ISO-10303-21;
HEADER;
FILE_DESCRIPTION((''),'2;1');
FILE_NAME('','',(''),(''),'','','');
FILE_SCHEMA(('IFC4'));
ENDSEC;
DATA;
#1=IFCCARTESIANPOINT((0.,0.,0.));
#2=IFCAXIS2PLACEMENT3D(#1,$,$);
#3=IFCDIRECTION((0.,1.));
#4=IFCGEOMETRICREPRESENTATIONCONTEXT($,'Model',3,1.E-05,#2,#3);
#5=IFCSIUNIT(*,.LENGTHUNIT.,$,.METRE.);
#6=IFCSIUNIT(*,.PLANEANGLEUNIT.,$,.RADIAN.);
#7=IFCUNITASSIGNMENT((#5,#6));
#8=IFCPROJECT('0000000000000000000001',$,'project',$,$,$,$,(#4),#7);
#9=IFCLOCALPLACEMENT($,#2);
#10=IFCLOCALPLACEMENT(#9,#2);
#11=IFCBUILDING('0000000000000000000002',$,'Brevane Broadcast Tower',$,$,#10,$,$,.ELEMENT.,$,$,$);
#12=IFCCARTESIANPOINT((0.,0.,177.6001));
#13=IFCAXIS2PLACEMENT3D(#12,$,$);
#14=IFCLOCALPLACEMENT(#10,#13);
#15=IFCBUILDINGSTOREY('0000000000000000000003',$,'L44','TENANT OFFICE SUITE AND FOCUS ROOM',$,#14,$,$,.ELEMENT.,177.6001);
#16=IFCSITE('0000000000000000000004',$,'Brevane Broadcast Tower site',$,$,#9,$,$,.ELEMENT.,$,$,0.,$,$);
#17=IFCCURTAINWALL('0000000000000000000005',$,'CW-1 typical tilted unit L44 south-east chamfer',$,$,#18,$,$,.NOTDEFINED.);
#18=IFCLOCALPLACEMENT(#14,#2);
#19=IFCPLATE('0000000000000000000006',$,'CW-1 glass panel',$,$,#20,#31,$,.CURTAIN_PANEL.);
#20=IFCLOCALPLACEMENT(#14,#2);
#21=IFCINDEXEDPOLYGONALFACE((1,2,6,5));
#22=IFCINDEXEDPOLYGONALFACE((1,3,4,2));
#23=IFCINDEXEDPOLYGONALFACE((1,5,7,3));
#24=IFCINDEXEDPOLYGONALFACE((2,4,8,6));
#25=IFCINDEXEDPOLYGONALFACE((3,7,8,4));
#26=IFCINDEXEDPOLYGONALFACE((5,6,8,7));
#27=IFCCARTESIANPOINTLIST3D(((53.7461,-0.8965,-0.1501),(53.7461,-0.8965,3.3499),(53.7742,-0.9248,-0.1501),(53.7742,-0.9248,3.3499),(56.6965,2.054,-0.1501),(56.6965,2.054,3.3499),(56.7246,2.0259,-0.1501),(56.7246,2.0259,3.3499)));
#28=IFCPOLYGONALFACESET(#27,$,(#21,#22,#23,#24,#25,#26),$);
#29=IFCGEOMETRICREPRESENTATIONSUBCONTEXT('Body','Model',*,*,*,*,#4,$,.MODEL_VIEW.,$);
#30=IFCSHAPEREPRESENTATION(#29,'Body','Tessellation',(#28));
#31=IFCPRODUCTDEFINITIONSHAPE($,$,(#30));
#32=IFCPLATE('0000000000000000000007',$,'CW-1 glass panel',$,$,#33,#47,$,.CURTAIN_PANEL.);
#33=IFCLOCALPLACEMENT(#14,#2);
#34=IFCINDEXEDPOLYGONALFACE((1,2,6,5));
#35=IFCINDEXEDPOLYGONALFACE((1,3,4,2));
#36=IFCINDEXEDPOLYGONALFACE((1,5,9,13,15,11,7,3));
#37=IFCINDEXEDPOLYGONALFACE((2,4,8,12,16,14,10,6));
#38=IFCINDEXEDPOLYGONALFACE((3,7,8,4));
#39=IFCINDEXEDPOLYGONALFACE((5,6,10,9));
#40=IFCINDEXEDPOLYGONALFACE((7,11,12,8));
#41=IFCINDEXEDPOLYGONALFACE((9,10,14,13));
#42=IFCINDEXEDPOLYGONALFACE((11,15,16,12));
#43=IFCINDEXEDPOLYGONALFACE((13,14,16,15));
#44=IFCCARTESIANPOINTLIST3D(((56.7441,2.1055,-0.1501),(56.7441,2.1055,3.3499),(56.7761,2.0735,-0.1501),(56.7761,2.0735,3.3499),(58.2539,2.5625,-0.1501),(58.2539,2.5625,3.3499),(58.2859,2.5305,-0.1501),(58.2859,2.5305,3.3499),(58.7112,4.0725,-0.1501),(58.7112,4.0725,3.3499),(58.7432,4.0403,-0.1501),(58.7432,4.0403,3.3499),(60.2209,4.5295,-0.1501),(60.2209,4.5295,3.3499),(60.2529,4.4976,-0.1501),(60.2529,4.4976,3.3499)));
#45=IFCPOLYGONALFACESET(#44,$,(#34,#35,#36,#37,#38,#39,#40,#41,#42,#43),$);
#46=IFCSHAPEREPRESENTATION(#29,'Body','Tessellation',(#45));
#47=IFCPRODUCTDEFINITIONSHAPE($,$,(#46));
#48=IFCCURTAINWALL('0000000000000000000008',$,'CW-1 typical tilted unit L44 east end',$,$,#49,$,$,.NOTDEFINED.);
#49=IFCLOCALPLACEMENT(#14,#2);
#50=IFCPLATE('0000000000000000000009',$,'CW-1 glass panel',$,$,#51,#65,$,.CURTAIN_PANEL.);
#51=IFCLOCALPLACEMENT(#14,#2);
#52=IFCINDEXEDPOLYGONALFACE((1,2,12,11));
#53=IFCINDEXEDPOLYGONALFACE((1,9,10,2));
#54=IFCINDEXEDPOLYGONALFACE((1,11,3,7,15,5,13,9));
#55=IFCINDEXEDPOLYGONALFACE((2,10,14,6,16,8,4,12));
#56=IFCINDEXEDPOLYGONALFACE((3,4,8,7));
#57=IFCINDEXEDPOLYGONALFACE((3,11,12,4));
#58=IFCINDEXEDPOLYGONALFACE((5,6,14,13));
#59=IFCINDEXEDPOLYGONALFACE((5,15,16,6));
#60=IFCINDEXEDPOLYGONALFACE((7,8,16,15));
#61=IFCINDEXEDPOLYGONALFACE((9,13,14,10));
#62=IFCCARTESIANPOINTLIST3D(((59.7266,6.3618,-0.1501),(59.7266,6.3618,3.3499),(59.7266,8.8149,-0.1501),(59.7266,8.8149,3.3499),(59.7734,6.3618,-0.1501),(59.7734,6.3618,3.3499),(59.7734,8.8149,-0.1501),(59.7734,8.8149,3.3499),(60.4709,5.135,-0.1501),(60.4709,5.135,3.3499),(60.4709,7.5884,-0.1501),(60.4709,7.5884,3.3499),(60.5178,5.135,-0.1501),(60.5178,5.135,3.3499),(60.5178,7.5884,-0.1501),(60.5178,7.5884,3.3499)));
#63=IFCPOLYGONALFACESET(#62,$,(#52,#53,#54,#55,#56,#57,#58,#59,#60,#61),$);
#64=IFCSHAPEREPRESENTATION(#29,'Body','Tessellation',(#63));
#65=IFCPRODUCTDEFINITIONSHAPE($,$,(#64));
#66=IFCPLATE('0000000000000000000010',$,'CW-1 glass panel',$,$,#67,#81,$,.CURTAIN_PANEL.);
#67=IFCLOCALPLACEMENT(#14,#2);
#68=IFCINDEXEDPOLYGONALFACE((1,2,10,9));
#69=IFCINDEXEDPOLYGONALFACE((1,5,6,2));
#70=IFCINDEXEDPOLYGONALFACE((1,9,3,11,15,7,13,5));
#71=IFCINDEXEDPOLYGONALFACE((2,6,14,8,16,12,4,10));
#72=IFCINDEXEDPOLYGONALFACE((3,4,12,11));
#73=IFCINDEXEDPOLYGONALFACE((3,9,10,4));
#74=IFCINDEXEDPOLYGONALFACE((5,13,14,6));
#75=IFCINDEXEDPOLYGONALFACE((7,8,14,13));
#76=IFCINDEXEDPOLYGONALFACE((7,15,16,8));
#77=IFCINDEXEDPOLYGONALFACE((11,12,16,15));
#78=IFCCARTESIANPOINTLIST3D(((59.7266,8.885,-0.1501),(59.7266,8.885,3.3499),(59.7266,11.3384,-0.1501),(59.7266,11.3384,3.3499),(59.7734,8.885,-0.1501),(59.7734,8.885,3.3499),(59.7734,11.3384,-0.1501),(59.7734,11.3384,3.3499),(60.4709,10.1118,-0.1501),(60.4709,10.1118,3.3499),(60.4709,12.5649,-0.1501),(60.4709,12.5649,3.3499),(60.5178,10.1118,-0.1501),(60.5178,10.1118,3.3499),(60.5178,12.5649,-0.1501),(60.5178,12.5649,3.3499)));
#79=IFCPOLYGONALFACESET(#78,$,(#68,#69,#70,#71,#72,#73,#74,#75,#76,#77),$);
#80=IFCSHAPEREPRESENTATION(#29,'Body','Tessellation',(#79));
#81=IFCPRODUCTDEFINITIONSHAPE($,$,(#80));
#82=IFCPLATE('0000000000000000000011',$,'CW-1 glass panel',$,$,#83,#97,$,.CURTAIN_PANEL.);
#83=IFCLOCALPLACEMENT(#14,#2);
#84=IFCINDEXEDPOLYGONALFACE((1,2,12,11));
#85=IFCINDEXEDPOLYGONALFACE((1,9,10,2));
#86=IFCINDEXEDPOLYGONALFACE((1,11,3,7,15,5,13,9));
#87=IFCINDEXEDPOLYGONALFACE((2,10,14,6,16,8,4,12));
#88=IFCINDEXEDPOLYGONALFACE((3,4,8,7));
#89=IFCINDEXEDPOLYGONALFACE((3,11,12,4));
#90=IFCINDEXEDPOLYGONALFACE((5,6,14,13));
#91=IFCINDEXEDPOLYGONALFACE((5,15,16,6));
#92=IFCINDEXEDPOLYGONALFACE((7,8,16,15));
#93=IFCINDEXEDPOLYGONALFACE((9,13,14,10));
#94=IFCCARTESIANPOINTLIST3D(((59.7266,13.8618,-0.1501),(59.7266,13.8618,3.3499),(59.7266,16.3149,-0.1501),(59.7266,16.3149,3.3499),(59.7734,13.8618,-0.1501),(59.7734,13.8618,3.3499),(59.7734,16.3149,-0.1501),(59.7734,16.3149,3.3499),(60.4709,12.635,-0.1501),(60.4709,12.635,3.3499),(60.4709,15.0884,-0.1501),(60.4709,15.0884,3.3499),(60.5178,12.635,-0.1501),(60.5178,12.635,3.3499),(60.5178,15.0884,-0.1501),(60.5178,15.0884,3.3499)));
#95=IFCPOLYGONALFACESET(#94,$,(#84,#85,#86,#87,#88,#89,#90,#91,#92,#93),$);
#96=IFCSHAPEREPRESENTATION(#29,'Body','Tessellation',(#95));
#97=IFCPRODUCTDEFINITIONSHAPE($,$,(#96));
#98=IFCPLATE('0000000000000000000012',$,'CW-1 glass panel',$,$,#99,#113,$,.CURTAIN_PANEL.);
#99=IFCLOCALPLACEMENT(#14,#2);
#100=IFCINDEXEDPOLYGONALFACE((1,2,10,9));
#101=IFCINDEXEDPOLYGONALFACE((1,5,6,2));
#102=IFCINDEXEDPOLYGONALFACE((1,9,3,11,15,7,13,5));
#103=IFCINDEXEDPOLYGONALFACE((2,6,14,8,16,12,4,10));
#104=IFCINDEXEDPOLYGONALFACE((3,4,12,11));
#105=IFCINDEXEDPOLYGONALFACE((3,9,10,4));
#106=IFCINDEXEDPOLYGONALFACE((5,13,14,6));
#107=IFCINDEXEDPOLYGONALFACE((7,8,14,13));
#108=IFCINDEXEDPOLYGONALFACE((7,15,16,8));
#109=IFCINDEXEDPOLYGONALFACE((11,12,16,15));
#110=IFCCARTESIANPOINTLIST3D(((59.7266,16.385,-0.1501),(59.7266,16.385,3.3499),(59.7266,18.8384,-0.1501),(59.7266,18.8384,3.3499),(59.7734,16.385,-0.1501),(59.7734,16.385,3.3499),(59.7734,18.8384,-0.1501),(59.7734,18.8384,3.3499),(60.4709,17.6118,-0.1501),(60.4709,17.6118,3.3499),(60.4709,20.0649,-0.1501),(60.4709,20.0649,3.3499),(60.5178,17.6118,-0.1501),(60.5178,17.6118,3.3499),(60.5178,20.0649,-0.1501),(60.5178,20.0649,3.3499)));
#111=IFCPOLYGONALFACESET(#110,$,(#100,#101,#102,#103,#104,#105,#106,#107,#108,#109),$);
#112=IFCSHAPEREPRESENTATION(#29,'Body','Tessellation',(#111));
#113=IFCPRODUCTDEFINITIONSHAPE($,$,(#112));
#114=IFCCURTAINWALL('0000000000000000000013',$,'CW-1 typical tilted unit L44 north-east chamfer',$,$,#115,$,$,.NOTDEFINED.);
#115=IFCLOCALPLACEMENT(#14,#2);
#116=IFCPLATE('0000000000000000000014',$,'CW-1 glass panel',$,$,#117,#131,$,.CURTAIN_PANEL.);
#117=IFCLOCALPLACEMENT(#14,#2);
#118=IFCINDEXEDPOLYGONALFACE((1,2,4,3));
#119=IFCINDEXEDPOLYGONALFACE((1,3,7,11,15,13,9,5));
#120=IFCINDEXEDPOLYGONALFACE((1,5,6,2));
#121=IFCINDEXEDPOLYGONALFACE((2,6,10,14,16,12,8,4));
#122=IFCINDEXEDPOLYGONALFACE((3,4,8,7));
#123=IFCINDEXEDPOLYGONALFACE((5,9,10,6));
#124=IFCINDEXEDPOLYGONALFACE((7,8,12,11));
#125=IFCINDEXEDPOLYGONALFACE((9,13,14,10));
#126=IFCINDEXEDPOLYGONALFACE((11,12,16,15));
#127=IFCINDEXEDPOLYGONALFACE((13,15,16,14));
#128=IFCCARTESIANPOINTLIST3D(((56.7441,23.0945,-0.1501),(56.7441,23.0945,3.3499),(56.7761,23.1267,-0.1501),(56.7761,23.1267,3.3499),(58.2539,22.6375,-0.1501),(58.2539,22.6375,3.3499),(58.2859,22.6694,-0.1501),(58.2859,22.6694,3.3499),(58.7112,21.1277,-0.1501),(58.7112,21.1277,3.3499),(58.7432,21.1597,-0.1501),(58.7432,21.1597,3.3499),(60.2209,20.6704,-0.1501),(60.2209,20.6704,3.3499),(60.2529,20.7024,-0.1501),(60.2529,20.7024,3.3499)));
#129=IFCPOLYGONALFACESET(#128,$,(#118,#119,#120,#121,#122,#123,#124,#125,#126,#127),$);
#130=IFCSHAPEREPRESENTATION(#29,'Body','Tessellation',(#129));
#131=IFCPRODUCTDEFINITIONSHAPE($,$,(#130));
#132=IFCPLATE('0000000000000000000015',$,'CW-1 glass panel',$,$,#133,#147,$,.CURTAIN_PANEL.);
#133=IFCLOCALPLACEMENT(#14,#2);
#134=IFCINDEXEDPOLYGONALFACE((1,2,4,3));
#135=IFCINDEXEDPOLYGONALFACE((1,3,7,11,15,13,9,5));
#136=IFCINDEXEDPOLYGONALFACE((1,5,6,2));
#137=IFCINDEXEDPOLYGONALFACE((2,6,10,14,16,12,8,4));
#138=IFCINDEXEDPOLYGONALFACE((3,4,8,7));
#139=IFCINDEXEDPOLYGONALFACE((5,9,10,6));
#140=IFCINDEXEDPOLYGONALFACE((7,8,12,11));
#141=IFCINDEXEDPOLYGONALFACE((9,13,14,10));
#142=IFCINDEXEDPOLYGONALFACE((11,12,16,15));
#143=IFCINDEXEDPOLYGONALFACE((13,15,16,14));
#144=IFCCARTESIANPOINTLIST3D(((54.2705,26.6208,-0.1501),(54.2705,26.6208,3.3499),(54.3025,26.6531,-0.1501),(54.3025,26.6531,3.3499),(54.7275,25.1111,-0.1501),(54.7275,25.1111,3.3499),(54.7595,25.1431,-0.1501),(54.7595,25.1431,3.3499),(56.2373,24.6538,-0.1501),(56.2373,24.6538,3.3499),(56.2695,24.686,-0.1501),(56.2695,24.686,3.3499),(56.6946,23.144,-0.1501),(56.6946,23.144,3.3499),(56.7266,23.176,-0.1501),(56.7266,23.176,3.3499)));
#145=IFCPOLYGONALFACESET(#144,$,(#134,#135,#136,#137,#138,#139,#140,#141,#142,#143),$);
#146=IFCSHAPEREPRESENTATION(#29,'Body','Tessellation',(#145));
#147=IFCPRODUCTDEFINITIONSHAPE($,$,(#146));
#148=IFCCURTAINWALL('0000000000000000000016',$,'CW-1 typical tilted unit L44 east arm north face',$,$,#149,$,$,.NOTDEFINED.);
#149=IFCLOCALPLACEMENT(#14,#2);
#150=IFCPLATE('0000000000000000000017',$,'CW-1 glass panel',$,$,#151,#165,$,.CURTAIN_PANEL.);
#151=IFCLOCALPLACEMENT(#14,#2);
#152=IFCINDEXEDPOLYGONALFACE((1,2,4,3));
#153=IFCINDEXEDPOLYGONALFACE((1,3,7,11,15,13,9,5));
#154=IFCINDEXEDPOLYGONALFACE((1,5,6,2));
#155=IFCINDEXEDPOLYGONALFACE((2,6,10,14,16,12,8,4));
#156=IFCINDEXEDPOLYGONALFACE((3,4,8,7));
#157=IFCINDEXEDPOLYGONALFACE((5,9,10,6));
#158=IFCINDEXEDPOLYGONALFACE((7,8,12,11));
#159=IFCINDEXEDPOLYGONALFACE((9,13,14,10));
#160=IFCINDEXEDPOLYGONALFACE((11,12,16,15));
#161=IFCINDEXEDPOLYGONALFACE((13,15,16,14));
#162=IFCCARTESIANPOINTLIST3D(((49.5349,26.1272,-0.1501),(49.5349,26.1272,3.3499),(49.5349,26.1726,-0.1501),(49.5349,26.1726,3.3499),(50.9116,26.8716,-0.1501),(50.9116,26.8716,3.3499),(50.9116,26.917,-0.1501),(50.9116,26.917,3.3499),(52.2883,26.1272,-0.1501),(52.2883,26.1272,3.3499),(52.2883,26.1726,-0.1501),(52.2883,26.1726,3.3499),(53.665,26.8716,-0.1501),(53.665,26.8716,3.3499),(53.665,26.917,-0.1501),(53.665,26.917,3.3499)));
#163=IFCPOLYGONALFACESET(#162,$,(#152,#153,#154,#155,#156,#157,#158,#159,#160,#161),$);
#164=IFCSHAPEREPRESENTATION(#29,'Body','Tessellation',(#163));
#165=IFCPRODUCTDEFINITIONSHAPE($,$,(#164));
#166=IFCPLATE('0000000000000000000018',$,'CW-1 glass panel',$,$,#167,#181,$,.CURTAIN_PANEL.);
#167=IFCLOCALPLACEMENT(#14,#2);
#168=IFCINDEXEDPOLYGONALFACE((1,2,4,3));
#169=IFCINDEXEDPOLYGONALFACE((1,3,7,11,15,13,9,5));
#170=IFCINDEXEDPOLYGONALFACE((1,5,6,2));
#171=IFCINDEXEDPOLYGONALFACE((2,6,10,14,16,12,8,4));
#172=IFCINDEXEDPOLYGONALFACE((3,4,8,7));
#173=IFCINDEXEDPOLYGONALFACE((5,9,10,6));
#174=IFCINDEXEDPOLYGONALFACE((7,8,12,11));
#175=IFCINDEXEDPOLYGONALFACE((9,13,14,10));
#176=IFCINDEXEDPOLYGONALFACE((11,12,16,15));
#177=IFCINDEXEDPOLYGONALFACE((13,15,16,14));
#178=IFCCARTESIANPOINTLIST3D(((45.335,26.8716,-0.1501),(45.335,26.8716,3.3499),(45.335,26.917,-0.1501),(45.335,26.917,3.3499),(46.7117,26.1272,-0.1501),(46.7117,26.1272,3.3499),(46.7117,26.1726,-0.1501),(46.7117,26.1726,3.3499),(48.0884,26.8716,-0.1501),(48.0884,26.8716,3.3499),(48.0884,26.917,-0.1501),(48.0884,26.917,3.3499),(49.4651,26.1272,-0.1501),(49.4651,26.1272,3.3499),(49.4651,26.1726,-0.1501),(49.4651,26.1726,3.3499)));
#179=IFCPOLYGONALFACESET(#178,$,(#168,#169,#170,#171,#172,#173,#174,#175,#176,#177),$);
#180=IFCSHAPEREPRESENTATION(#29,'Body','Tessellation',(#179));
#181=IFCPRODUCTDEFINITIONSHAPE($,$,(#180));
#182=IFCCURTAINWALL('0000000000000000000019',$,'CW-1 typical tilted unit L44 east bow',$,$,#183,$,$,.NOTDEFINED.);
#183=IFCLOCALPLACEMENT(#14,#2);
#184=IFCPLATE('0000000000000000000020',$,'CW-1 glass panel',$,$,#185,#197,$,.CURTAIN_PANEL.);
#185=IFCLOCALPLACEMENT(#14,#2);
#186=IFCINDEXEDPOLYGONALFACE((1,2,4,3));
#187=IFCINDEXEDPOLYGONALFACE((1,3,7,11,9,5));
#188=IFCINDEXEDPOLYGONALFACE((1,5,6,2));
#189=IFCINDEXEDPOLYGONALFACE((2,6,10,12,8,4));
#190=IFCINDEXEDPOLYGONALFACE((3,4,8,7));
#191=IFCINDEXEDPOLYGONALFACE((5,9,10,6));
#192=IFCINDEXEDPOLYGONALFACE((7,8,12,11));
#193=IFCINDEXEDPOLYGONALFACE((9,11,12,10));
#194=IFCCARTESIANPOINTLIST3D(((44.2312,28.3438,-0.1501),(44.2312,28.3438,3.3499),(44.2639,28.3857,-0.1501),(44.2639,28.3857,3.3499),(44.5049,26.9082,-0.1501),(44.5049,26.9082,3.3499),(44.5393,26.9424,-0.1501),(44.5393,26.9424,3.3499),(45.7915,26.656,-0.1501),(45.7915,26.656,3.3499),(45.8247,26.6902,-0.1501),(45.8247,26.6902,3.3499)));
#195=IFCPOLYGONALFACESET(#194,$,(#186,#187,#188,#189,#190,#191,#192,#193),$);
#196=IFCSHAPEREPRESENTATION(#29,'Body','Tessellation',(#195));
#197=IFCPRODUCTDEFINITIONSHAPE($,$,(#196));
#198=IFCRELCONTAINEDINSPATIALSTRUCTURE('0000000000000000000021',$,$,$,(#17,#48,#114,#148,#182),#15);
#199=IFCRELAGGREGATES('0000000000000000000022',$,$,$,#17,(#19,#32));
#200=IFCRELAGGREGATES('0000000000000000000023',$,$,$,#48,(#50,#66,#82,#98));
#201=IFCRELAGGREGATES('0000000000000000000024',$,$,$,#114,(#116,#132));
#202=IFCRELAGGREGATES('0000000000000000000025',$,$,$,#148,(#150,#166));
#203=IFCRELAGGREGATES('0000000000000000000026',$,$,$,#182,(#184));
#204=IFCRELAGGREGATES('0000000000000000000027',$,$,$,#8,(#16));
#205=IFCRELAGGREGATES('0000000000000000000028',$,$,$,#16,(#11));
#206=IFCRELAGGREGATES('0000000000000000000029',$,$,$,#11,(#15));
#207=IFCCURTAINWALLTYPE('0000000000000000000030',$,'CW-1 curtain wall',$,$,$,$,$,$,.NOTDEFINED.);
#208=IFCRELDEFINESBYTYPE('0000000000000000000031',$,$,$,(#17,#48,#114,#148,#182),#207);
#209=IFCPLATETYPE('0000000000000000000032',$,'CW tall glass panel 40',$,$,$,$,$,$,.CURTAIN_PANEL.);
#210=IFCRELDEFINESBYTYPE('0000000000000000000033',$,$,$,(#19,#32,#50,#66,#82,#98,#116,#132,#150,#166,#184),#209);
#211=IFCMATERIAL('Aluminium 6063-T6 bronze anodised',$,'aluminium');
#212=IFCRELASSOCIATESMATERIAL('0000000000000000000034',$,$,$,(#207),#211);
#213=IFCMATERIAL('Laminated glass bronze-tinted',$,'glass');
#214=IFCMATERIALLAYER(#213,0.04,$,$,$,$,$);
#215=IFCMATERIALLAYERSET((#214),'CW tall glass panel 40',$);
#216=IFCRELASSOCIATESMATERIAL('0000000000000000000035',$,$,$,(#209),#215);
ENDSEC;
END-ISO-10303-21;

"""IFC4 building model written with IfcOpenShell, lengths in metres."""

from ifc_helpers import new_model, si_unit, direction, frame, origin, place, context, subcontext, project, spatial, polyline, outline, extrude, material, layer, layer_set, type_object, element, aggregate, save


model = new_model("IFC4")

# Units and contexts
model_context = context("Model", 3, precision=1e-05, world=origin(), true_north=direction((0.0, 1.0)))
body_context = subcontext(model_context, "Body", "Model", "MODEL_VIEW")
ifc_project = project(units=[si_unit("LENGTHUNIT", "METRE"), si_unit("PLANEANGLEUNIT", "RADIAN")], contexts=[model_context])

# Site, building, storey
site_placement = place(None, origin())
site = spatial("IfcSite", under=ifc_project, at=site_placement, Name="Brevane Broadcast Tower site", CompositionType="ELEMENT", RefElevation=0.0)
building_placement = place(site_placement, origin())
building = spatial("IfcBuilding", under=site, at=building_placement, Name="Brevane Broadcast Tower", CompositionType="ELEMENT")
storey_placement = place(building_placement, frame((0.0, 0.0, 177.6001)))
storey = spatial("IfcBuildingStorey", under=building, at=storey_placement, Name="L44", Description="TENANT OFFICE SUITE AND FOCUS ROOM", CompositionType="ELEMENT", Elevation=177.6001)

# Curtain walls, plates
ifc_material_1 = material(Name="Aluminium 6063-T6 bronze anodised", Category="aluminium")
curtain_wall_type = type_object("IfcCurtainWallType", Name="CW-1 curtain wall", PredefinedType="NOTDEFINED", material=ifc_material_1)
ifc_material_2 = material(Name="Laminated glass bronze-tinted", Category="glass")
ifc_layer = layer(ifc_material_2, 0.04)
ifc_layer_set = layer_set([ifc_layer], Name="CW tall glass panel 40")
plate_type = type_object("IfcPlateType", Name="CW tall glass panel 40", PredefinedType="CURTAIN_PANEL", material=ifc_layer_set)
curtain_wall_1_placement = place(storey_placement, origin())
curtain_wall_1 = element("IfcCurtainWall", 1, at=curtain_wall_1_placement, inside=storey, type_object=curtain_wall_type, Name="CW-1 typical tilted unit L44 south-east chamfer", PredefinedType="NOTDEFINED")
plate_1_placement = place(storey_placement, frame((0.0, 0.0, -0.1501)))
plate_1 = element("IfcPlate", 2, at=plate_1_placement, type_object=plate_type, Name="CW-1 glass panel", PredefinedType="CURTAIN_PANEL", context=body_context, shape_type="SweptSolid", body=[
    extrude(outline(polyline([(53.7461, -0.8965), (56.6965, 2.054), (56.7246, 2.0259), (53.7742, -0.9248), (53.7461, -0.8965)])), origin(), (0.0, 0.0, 1.0), 3.5),
])
plate_2_placement = place(storey_placement, frame((0.0, 0.0, -0.1501)))
plate_2 = element("IfcPlate", 3, at=plate_2_placement, type_object=plate_type, Name="CW-1 glass panel", PredefinedType="CURTAIN_PANEL", context=body_context, shape_type="SweptSolid", body=[
    extrude(outline(polyline([(56.7441, 2.1055), (56.7761, 2.0735), (58.2859, 2.5305), (58.7432, 4.0403), (60.2529, 4.4976), (60.2209, 4.5295), (58.7112, 4.0725), (58.2539, 2.5625), (56.7441, 2.1055)])), origin(), (0.0, 0.0, 1.0), 3.5),
])
aggregate(curtain_wall_1, [plate_1, plate_2])
curtain_wall_2_placement = place(storey_placement, origin())
curtain_wall_2 = element("IfcCurtainWall", 4, at=curtain_wall_2_placement, inside=storey, type_object=curtain_wall_type, Name="CW-1 typical tilted unit L44 east end", PredefinedType="NOTDEFINED")
plate_3_placement = place(storey_placement, frame((0.0, 0.0, -0.1501)))
plate_3 = element("IfcPlate", 5, at=plate_3_placement, type_object=plate_type, Name="CW-1 glass panel", PredefinedType="CURTAIN_PANEL", context=body_context, shape_type="SweptSolid", body=[
    extrude(outline(polyline([(60.4709, 5.135), (60.5178, 5.135), (59.7734, 6.3618), (60.5178, 7.5884), (59.7734, 8.8149), (59.7266, 8.8149), (60.4709, 7.5884), (59.7266, 6.3618), (60.4709, 5.135)])), origin(), (0.0, 0.0, 1.0), 3.5),
])
plate_4_placement = place(storey_placement, frame((0.0, 0.0, -0.1501)))
plate_4 = element("IfcPlate", 6, at=plate_4_placement, type_object=plate_type, Name="CW-1 glass panel", PredefinedType="CURTAIN_PANEL", context=body_context, shape_type="SweptSolid", body=[
    extrude(outline(polyline([(59.7266, 8.885), (59.7734, 8.885), (60.5178, 10.1118), (59.7734, 11.3384), (60.5178, 12.5649), (60.4709, 12.5649), (59.7266, 11.3384), (60.4709, 10.1118), (59.7266, 8.885)])), origin(), (0.0, 0.0, 1.0), 3.5),
])
plate_5_placement = place(storey_placement, frame((0.0, 0.0, -0.1501)))
plate_5 = element("IfcPlate", 7, at=plate_5_placement, type_object=plate_type, Name="CW-1 glass panel", PredefinedType="CURTAIN_PANEL", context=body_context, shape_type="SweptSolid", body=[
    extrude(outline(polyline([(60.4709, 12.635), (60.5178, 12.635), (59.7734, 13.8618), (60.5178, 15.0884), (59.7734, 16.3149), (59.7266, 16.3149), (60.4709, 15.0884), (59.7266, 13.8618), (60.4709, 12.635)])), origin(), (0.0, 0.0, 1.0), 3.5),
])
plate_6_placement = place(storey_placement, frame((0.0, 0.0, -0.1501)))
plate_6 = element("IfcPlate", 8, at=plate_6_placement, type_object=plate_type, Name="CW-1 glass panel", PredefinedType="CURTAIN_PANEL", context=body_context, shape_type="SweptSolid", body=[
    extrude(outline(polyline([(59.7266, 16.385), (59.7734, 16.385), (60.5178, 17.6118), (59.7734, 18.8384), (60.5178, 20.0649), (60.4709, 20.0649), (59.7266, 18.8384), (60.4709, 17.6118), (59.7266, 16.385)])), origin(), (0.0, 0.0, 1.0), 3.5),
])
aggregate(curtain_wall_2, [plate_3, plate_4, plate_5, plate_6])
curtain_wall_3_placement = place(storey_placement, origin())
curtain_wall_3 = element("IfcCurtainWall", 9, at=curtain_wall_3_placement, inside=storey, type_object=curtain_wall_type, Name="CW-1 typical tilted unit L44 north-east chamfer", PredefinedType="NOTDEFINED")
plate_7_placement = place(storey_placement, frame((0.0, 0.0, -0.1501)))
plate_7 = element("IfcPlate", 10, at=plate_7_placement, type_object=plate_type, Name="CW-1 glass panel", PredefinedType="CURTAIN_PANEL", context=body_context, shape_type="SweptSolid", body=[
    extrude(outline(polyline([(60.2209, 20.6704), (60.2529, 20.7024), (58.7432, 21.1597), (58.2859, 22.6694), (56.7761, 23.1267), (56.7441, 23.0945), (58.2539, 22.6375), (58.7112, 21.1277), (60.2209, 20.6704)])), origin(), (0.0, 0.0, 1.0), 3.5),
])
plate_8_placement = place(storey_placement, frame((0.0, 0.0, -0.1501)))
plate_8 = element("IfcPlate", 11, at=plate_8_placement, type_object=plate_type, Name="CW-1 glass panel", PredefinedType="CURTAIN_PANEL", context=body_context, shape_type="SweptSolid", body=[
    extrude(outline(polyline([(56.6946, 23.144), (56.7266, 23.176), (56.2695, 24.686), (54.7595, 25.1431), (54.3025, 26.6531), (54.2705, 26.6208), (54.7275, 25.1111), (56.2373, 24.6538), (56.6946, 23.144)])), origin(), (0.0, 0.0, 1.0), 3.5),
])
aggregate(curtain_wall_3, [plate_7, plate_8])
curtain_wall_4_placement = place(storey_placement, origin())
curtain_wall_4 = element("IfcCurtainWall", 12, at=curtain_wall_4_placement, inside=storey, type_object=curtain_wall_type, Name="CW-1 typical tilted unit L44 east arm north face", PredefinedType="NOTDEFINED")
plate_9_placement = place(storey_placement, frame((0.0, 0.0, -0.1501)))
plate_9 = element("IfcPlate", 13, at=plate_9_placement, type_object=plate_type, Name="CW-1 glass panel", PredefinedType="CURTAIN_PANEL", context=body_context, shape_type="SweptSolid", body=[
    extrude(outline(polyline([(53.665, 26.8716), (53.665, 26.917), (52.2883, 26.1726), (50.9116, 26.917), (49.5349, 26.1726), (49.5349, 26.1272), (50.9116, 26.8716), (52.2883, 26.1272), (53.665, 26.8716)])), origin(), (0.0, 0.0, 1.0), 3.5),
])
plate_10_placement = place(storey_placement, frame((0.0, 0.0, -0.1501)))
plate_10 = element("IfcPlate", 14, at=plate_10_placement, type_object=plate_type, Name="CW-1 glass panel", PredefinedType="CURTAIN_PANEL", context=body_context, shape_type="SweptSolid", body=[
    extrude(outline(polyline([(49.4651, 26.1272), (49.4651, 26.1726), (48.0884, 26.917), (46.7117, 26.1726), (45.335, 26.917), (45.335, 26.8716), (46.7117, 26.1272), (48.0884, 26.8716), (49.4651, 26.1272)])), origin(), (0.0, 0.0, 1.0), 3.5),
])
aggregate(curtain_wall_4, [plate_9, plate_10])
curtain_wall_5_placement = place(storey_placement, origin())
curtain_wall_5 = element("IfcCurtainWall", 15, at=curtain_wall_5_placement, inside=storey, type_object=curtain_wall_type, Name="CW-1 typical tilted unit L44 east bow", PredefinedType="NOTDEFINED")
plate_11_placement = place(storey_placement, frame((0.0, 0.0, -0.1501)))
plate_11 = element("IfcPlate", 16, at=plate_11_placement, type_object=plate_type, Name="CW-1 glass panel", PredefinedType="CURTAIN_PANEL", context=body_context, shape_type="SweptSolid", body=[
    extrude(outline(polyline([(45.7915, 26.656), (45.8247, 26.6902), (44.5393, 26.9424), (44.2639, 28.3857), (44.2312, 28.3438), (44.5049, 26.9082), (45.7915, 26.656)])), origin(), (0.0, 0.0, 1.0), 3.5),
])
aggregate(curtain_wall_5, [plate_11])

save(model, "model.ifc")
